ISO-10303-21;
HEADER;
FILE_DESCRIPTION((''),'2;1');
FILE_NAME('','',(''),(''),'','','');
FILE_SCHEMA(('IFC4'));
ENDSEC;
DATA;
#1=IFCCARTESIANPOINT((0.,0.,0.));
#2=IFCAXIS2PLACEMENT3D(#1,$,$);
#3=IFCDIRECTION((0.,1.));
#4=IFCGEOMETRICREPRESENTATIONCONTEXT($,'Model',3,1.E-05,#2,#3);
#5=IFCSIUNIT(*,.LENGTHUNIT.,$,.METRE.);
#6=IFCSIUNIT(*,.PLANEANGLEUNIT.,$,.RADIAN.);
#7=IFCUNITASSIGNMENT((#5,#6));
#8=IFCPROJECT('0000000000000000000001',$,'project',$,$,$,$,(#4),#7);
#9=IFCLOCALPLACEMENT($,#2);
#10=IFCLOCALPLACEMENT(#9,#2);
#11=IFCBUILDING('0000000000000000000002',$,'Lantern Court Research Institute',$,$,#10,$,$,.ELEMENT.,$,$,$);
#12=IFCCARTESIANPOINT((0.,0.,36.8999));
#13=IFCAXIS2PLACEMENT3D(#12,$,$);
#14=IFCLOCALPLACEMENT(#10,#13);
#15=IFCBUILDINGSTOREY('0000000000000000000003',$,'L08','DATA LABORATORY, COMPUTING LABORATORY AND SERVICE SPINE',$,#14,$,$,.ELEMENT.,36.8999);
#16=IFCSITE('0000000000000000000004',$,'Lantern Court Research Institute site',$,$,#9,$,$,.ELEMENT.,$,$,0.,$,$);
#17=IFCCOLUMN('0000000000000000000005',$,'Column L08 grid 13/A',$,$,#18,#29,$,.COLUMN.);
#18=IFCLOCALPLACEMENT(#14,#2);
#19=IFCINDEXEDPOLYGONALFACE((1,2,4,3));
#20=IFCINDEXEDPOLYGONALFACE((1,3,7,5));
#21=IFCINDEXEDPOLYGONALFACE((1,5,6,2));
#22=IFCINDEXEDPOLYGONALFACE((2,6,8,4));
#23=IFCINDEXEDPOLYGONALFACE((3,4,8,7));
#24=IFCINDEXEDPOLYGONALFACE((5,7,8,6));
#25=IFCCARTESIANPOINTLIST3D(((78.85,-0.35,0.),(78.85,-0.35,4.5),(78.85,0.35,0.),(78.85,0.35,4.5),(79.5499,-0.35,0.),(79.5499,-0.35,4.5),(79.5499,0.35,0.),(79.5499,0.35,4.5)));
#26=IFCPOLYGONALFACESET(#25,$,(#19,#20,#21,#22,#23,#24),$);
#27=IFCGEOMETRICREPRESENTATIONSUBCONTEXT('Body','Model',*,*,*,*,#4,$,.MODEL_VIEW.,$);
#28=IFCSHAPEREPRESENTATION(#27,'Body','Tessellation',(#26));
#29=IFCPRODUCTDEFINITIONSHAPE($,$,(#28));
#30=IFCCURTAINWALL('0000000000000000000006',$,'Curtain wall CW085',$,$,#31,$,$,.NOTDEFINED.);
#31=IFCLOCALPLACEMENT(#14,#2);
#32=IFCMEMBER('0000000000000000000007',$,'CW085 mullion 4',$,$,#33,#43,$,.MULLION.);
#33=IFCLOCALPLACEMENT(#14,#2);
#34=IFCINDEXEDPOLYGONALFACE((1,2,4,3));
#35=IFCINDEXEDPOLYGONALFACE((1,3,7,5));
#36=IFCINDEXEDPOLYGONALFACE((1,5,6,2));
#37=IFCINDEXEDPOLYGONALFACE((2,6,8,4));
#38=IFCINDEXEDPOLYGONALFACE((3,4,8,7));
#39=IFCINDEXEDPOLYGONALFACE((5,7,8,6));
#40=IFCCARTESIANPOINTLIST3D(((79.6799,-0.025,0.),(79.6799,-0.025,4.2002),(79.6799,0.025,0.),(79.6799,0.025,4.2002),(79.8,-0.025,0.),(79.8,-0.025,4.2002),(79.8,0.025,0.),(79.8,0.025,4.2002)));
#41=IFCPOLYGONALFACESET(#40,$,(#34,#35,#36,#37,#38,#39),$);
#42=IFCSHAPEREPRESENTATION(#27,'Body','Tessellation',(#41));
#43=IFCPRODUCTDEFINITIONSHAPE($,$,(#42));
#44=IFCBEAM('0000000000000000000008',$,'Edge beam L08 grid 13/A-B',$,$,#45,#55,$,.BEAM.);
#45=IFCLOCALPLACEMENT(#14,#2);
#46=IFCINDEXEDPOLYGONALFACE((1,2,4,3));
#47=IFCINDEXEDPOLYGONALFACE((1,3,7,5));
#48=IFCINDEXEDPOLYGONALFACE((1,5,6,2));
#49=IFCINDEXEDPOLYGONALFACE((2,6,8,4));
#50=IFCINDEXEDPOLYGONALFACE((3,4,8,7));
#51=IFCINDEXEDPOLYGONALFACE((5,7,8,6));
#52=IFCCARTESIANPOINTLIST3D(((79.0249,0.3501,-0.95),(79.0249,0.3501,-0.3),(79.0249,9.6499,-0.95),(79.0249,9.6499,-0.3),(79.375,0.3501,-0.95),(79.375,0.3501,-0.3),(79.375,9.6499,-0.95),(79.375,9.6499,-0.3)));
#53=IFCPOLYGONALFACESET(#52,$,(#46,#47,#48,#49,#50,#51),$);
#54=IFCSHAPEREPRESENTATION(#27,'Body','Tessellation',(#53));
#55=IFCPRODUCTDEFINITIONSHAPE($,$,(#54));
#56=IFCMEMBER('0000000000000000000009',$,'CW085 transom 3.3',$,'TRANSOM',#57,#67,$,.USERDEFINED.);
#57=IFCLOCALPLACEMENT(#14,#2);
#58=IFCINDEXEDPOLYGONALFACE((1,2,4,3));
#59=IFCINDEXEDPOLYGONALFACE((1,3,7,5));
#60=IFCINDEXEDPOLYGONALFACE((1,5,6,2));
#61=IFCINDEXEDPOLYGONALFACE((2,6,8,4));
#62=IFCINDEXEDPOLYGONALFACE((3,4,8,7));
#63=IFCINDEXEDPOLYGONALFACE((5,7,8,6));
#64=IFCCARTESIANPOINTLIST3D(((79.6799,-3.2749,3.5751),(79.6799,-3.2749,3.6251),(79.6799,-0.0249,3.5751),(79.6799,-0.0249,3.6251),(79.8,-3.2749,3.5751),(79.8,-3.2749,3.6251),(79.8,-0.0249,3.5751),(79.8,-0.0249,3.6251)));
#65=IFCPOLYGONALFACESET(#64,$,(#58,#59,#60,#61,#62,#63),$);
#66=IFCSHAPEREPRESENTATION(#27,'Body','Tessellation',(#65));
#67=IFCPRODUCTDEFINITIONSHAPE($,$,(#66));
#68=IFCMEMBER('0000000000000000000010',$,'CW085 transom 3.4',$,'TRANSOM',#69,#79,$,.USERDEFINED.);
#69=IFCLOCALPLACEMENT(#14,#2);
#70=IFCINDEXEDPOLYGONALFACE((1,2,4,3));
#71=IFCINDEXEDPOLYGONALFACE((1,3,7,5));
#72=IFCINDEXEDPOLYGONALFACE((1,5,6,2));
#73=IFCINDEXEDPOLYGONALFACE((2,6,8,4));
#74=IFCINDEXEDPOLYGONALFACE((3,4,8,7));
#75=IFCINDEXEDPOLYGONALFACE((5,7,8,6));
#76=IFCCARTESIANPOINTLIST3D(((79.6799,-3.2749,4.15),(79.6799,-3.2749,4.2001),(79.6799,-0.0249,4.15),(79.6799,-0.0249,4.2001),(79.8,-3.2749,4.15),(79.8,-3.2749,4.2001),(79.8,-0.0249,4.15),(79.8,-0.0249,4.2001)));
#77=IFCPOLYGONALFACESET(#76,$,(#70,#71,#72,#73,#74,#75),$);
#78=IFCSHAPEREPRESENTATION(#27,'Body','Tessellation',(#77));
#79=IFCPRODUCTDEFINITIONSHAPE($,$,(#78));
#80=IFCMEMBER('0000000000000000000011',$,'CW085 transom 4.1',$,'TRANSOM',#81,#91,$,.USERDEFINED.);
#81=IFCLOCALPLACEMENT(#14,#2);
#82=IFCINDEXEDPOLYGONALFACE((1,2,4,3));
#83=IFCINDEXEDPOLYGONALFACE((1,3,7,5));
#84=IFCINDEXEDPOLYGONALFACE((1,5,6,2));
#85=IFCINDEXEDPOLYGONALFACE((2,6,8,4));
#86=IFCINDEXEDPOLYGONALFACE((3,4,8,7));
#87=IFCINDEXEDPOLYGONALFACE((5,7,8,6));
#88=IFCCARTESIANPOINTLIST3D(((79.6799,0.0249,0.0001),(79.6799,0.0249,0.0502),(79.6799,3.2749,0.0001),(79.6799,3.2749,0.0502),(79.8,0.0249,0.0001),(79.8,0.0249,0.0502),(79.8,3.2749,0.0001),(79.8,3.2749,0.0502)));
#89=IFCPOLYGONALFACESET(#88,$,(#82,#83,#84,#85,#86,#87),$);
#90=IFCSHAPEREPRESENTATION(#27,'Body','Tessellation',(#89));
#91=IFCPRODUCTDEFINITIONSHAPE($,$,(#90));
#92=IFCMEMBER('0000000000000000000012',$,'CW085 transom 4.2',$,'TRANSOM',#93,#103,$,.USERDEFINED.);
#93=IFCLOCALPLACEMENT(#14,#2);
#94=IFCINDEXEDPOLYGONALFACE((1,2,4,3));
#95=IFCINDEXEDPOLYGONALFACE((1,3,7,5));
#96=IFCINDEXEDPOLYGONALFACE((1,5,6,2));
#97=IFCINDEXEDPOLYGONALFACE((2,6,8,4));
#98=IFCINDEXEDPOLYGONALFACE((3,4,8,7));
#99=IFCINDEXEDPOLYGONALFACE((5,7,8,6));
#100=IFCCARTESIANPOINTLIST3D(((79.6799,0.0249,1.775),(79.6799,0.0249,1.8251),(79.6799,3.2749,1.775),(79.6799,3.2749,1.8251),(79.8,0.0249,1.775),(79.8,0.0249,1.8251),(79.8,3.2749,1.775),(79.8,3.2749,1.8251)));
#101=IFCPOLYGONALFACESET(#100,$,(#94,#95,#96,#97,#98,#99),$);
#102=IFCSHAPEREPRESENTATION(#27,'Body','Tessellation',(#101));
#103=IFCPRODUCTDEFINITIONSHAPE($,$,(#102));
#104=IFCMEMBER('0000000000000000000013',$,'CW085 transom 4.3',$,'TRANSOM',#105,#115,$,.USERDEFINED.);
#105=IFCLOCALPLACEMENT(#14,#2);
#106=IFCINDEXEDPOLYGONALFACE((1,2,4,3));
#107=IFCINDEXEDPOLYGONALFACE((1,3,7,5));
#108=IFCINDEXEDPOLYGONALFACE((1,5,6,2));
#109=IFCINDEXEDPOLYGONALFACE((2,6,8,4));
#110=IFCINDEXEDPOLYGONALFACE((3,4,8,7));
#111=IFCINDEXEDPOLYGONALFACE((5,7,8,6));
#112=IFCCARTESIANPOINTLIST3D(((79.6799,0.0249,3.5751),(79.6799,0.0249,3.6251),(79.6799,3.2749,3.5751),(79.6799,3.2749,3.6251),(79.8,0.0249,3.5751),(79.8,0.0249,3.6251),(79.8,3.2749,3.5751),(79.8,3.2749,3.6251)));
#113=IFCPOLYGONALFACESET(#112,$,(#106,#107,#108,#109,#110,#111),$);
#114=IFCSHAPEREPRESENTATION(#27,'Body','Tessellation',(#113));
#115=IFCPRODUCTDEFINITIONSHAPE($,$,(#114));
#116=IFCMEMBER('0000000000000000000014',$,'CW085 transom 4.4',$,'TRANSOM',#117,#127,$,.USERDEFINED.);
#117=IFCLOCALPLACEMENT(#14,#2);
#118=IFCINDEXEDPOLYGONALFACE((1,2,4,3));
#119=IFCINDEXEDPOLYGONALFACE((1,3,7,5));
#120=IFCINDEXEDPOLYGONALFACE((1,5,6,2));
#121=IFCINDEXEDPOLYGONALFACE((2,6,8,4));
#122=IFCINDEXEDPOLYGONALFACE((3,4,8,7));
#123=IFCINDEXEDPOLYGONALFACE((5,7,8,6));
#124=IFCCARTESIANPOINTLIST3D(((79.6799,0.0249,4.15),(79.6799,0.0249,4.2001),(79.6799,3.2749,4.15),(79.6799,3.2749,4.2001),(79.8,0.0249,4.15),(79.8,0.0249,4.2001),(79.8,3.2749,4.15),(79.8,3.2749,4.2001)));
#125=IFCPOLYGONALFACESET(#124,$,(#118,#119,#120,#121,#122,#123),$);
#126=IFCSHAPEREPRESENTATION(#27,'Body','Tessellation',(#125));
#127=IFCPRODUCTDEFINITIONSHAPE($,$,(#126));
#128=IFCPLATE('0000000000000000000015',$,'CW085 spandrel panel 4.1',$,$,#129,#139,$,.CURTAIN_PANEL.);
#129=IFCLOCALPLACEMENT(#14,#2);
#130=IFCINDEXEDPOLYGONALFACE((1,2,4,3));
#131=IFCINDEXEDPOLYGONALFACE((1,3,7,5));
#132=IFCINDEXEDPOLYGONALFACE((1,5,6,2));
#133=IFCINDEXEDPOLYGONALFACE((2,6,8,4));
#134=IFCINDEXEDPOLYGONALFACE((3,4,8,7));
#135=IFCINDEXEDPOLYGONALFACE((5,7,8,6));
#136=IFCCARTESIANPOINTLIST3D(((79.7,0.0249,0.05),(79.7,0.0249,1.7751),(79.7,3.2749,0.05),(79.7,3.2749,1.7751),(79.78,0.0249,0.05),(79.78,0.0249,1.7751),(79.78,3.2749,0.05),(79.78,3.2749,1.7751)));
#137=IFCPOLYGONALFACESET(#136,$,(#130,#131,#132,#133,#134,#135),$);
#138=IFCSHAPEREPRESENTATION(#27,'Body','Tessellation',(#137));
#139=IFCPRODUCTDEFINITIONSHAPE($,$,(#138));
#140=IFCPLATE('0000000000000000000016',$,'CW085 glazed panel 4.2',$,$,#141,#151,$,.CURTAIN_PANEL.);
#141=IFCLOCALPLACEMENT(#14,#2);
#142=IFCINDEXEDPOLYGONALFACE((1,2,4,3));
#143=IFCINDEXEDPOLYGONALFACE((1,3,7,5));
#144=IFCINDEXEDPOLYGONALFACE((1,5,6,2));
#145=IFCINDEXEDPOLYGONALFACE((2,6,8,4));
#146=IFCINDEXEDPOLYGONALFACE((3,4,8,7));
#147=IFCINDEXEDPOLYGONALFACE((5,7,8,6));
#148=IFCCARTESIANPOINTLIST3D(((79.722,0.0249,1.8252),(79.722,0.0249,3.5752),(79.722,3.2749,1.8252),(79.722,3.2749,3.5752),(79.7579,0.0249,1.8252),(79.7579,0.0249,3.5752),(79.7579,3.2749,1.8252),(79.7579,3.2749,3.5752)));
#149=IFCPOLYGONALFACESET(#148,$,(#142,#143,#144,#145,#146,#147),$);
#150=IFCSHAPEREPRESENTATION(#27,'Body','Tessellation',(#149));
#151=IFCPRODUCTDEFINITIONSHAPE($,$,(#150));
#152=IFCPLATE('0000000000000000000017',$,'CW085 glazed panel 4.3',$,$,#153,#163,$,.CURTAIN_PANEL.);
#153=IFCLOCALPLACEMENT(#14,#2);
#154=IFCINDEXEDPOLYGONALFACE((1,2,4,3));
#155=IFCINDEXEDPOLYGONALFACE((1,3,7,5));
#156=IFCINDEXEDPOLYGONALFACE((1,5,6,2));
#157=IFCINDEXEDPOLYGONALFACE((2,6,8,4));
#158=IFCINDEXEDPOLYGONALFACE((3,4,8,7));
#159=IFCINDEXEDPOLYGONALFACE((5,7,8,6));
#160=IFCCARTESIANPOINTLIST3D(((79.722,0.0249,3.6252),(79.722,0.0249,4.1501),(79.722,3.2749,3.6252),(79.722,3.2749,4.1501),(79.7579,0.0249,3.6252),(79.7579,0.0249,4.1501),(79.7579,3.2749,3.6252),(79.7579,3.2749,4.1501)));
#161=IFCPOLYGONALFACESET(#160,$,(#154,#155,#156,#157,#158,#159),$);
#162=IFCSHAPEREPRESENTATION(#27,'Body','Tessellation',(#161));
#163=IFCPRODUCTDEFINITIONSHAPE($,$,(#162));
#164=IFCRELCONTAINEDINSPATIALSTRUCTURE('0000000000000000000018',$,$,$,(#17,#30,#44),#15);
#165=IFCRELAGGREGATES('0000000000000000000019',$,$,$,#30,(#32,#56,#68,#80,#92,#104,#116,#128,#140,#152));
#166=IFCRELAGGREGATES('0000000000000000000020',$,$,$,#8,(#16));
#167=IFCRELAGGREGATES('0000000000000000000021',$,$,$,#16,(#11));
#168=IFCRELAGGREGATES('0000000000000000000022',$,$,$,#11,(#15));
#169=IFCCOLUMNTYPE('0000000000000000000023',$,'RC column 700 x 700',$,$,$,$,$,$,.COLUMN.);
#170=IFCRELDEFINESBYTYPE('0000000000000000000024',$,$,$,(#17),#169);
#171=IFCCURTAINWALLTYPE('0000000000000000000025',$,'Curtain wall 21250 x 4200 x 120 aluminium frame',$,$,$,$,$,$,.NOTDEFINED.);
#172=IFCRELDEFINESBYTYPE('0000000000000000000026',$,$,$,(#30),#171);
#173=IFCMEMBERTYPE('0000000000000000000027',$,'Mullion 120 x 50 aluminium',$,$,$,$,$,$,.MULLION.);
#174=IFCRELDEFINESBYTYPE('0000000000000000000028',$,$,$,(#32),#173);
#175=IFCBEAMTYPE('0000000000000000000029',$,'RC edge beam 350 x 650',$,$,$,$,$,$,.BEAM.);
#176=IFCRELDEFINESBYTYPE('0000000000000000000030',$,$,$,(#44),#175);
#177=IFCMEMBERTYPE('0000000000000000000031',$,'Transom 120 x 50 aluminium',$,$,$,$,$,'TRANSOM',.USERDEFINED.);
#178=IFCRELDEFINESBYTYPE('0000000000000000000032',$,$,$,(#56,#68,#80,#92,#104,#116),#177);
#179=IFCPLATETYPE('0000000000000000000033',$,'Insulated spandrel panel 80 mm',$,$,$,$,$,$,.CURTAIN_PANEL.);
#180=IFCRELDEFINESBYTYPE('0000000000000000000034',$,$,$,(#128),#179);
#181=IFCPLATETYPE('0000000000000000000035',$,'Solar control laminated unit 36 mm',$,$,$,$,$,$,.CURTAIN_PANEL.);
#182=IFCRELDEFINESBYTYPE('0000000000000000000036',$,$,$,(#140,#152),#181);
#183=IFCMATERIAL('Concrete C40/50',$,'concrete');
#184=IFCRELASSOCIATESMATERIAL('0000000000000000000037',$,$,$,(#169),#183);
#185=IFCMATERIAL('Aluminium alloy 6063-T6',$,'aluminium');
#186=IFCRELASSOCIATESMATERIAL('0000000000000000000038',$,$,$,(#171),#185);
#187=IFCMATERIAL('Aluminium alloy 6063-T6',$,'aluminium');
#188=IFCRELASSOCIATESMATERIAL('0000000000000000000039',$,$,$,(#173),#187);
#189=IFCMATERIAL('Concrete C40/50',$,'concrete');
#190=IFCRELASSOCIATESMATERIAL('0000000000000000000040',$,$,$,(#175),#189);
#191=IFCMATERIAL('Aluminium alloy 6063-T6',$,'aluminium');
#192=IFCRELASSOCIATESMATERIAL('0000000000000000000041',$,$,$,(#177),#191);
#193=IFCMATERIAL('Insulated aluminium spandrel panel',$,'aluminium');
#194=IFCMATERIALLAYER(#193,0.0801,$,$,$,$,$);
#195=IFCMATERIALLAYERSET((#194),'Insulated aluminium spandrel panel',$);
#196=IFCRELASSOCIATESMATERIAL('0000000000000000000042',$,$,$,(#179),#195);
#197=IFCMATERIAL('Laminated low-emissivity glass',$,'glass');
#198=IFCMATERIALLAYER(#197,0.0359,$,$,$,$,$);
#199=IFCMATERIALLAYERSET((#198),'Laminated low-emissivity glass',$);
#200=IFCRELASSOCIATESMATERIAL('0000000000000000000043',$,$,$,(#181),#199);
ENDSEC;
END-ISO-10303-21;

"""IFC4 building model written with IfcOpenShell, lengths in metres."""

from ifc_helpers import new_model, si_unit, direction, frame, origin, origin_2d, place, context, subcontext, project, spatial, rectangle, extrude, material, layer, layer_set, material_profile, profile_set, type_object, element, aggregate, save


model = new_model("IFC4")

# Units and contexts
model_context = context("Model", 3, precision=1e-05, world=origin(), true_north=direction((0.0, 1.0)))
body_context = subcontext(model_context, "Body", "Model", "MODEL_VIEW")
ifc_project = project(units=[si_unit("LENGTHUNIT", "METRE"), si_unit("PLANEANGLEUNIT", "RADIAN")], contexts=[model_context])

# Site, building, storey
site_placement = place(None, origin())
site = spatial("IfcSite", under=ifc_project, at=site_placement, Name="Lantern Court Research Institute site", CompositionType="ELEMENT", RefElevation=0.0)
building_placement = place(site_placement, origin())
building = spatial("IfcBuilding", under=site, at=building_placement, Name="Lantern Court Research Institute", CompositionType="ELEMENT")
storey_placement = place(building_placement, frame((0.0, 0.0, 36.8999)))
storey = spatial("IfcBuildingStorey", under=building, at=storey_placement, Name="L08", Description="DATA LABORATORY, COMPUTING LABORATORY AND SERVICE SPINE", CompositionType="ELEMENT", Elevation=36.8999)

# Column
ifc_material_1 = material(Name="Concrete C40/50", Category="concrete")
ifc_material_profile_1 = material_profile(ifc_material_1, rectangle(XDim=0.7, YDim=0.7, at=origin_2d()), Name="RC column 700 x 700")
ifc_profile_set_1 = profile_set([ifc_material_profile_1], Name="Concrete C40/50")
column_type = type_object("IfcColumnType", Name="RC column 700 x 700", PredefinedType="COLUMN", material=ifc_profile_set_1)
column_placement = place(storey_placement, frame((79.2, 0.0, 0.0), z_axis=(0.0, 0.0, 1.0), x_axis=(1.0, 0.0, 0.0)))
element("IfcColumn", 1, at=column_placement, inside=storey, type_object=column_type, Name="Column L08 grid 13/A", PredefinedType="COLUMN", context=body_context, shape_type="SweptSolid", body=[
    extrude(rectangle(XDim=0.7, YDim=0.7, at=origin_2d()), origin(), (0.0, 0.0, 1.0), 4.5),
])

# Curtain wall, member
ifc_material_2 = material(Name="Aluminium alloy 6063-T6", Category="aluminium")
curtain_wall_type = type_object("IfcCurtainWallType", Name="Curtain wall 21250 x 4200 x 120 aluminium frame", PredefinedType="NOTDEFINED", material=ifc_material_2)
curtain_wall_placement = place(storey_placement, origin())
curtain_wall = element("IfcCurtainWall", 2, at=curtain_wall_placement, inside=storey, type_object=curtain_wall_type, Name="Curtain wall CW085", PredefinedType="NOTDEFINED")
ifc_material_3 = material(Name="Aluminium alloy 6063-T6", Category="aluminium")
ifc_material_profile_2 = material_profile(ifc_material_3, rectangle(XDim=0.1201, YDim=0.05, at=origin_2d()), Name="Mullion 120 x 50")
ifc_profile_set_2 = profile_set([ifc_material_profile_2], Name="Aluminium alloy 6063-T6")
member_type_1 = type_object("IfcMemberType", Name="Mullion 120 x 50 aluminium", PredefinedType="MULLION", material=ifc_profile_set_2)
member_1_placement = place(storey_placement, frame((79.74, 0.0, 0.0), z_axis=(0.0, 0.0, 1.0), x_axis=(1.0, 0.0, 0.0)))
member_1 = element("IfcMember", 3, at=member_1_placement, type_object=member_type_1, Name="CW085 mullion 4", PredefinedType="MULLION", context=body_context, shape_type="SweptSolid", body=[
    extrude(rectangle(XDim=0.1201, YDim=0.05, at=origin_2d()), origin(), (0.0, 0.0, 1.0), 4.2002),
])

# Beam
ifc_material_4 = material(Name="Concrete C40/50", Category="concrete")
ifc_material_profile_3 = material_profile(ifc_material_4, rectangle(XDim=0.3501, YDim=0.6499, at=origin_2d()), Name="RC beam 350 x 650")
ifc_profile_set_3 = profile_set([ifc_material_profile_3], Name="Concrete C40/50")
beam_type = type_object("IfcBeamType", Name="RC edge beam 350 x 650", PredefinedType="BEAM", material=ifc_profile_set_3)
beam_placement = place(storey_placement, frame((79.2, 0.3501, -0.625), z_axis=(0.0, 1.0, 0.0), x_axis=(-1.0, 0.0, 0.0)))
element("IfcBeam", 4, at=beam_placement, inside=storey, type_object=beam_type, Name="Edge beam L08 grid 13/A-B", PredefinedType="BEAM", context=body_context, shape_type="SweptSolid", body=[
    extrude(rectangle(XDim=0.3501, YDim=0.6499, at=origin_2d()), origin(), (0.0, 0.0, 1.0), 9.2998),
])

# Members
ifc_material_5 = material(Name="Aluminium alloy 6063-T6", Category="aluminium")
ifc_material_profile_4 = material_profile(ifc_material_5, rectangle(XDim=0.1201, YDim=0.05, at=origin_2d()), Name="Transom 120 x 50")
ifc_profile_set_4 = profile_set([ifc_material_profile_4], Name="Aluminium alloy 6063-T6")
member_type_2 = type_object("IfcMemberType", Name="Transom 120 x 50 aluminium", ElementType="TRANSOM", PredefinedType="USERDEFINED", material=ifc_profile_set_4)
member_2_placement = place(storey_placement, frame((79.74, -0.0249, 3.6001), z_axis=(0.0, -1.0, 0.0), x_axis=(1.0, 0.0, 0.0)))
member_2 = element("IfcMember", 5, at=member_2_placement, type_object=member_type_2, Name="CW085 transom 3.3", ObjectType="TRANSOM", PredefinedType="USERDEFINED", context=body_context, shape_type="SweptSolid", body=[
    extrude(rectangle(XDim=0.1201, YDim=0.05, at=origin_2d()), origin(), (0.0, 0.0, 1.0), 3.25),
])
member_3_placement = place(storey_placement, frame((79.74, -0.0249, 4.175), z_axis=(0.0, -1.0, 0.0), x_axis=(1.0, 0.0, 0.0)))
member_3 = element("IfcMember", 6, at=member_3_placement, type_object=member_type_2, Name="CW085 transom 3.4", ObjectType="TRANSOM", PredefinedType="USERDEFINED", context=body_context, shape_type="SweptSolid", body=[
    extrude(rectangle(XDim=0.1201, YDim=0.05, at=origin_2d()), origin(), (0.0, 0.0, 1.0), 3.25),
])
member_4_placement = place(storey_placement, frame((79.74, 3.2749, 0.0251), z_axis=(0.0, -1.0, 0.0), x_axis=(1.0, 0.0, 0.0)))
member_4 = element("IfcMember", 7, at=member_4_placement, type_object=member_type_2, Name="CW085 transom 4.1", ObjectType="TRANSOM", PredefinedType="USERDEFINED", context=body_context, shape_type="SweptSolid", body=[
    extrude(rectangle(XDim=0.1201, YDim=0.05, at=origin_2d()), origin(), (0.0, 0.0, 1.0), 3.25),
])
member_5_placement = place(storey_placement, frame((79.74, 3.2749, 1.8), z_axis=(0.0, -1.0, 0.0), x_axis=(1.0, 0.0, 0.0)))
member_5 = element("IfcMember", 8, at=member_5_placement, type_object=member_type_2, Name="CW085 transom 4.2", ObjectType="TRANSOM", PredefinedType="USERDEFINED", context=body_context, shape_type="SweptSolid", body=[
    extrude(rectangle(XDim=0.1201, YDim=0.05, at=origin_2d()), origin(), (0.0, 0.0, 1.0), 3.25),
])
member_6_placement = place(storey_placement, frame((79.74, 3.2749, 3.6001), z_axis=(0.0, -1.0, 0.0), x_axis=(1.0, 0.0, 0.0)))
member_6 = element("IfcMember", 9, at=member_6_placement, type_object=member_type_2, Name="CW085 transom 4.3", ObjectType="TRANSOM", PredefinedType="USERDEFINED", context=body_context, shape_type="SweptSolid", body=[
    extrude(rectangle(XDim=0.1201, YDim=0.05, at=origin_2d()), origin(), (0.0, 0.0, 1.0), 3.25),
])
member_7_placement = place(storey_placement, frame((79.74, 3.2749, 4.175), z_axis=(0.0, -1.0, 0.0), x_axis=(1.0, 0.0, 0.0)))
member_7 = element("IfcMember", 10, at=member_7_placement, type_object=member_type_2, Name="CW085 transom 4.4", ObjectType="TRANSOM", PredefinedType="USERDEFINED", context=body_context, shape_type="SweptSolid", body=[
    extrude(rectangle(XDim=0.1201, YDim=0.05, at=origin_2d()), origin(), (0.0, 0.0, 1.0), 3.25),
])

# Plates
ifc_material_6 = material(Name="Insulated aluminium spandrel panel", Category="aluminium")
ifc_layer_1 = layer(ifc_material_6, 0.0801)
ifc_layer_set_1 = layer_set([ifc_layer_1], Name="Insulated aluminium spandrel panel")
plate_type_1 = type_object("IfcPlateType", Name="Insulated spandrel panel 80 mm", PredefinedType="CURTAIN_PANEL", material=ifc_layer_set_1)
plate_1_placement = place(storey_placement, frame((79.74, 1.6499, 0.05), z_axis=(0.0, 0.0, 1.0), x_axis=(0.0, -1.0, 0.0)))
plate_1 = element("IfcPlate", 11, at=plate_1_placement, type_object=plate_type_1, Name="CW085 spandrel panel 4.1", PredefinedType="CURTAIN_PANEL", context=body_context, shape_type="SweptSolid", body=[
    extrude(rectangle(XDim=3.25, YDim=0.0801, at=origin_2d()), origin(), (0.0, 0.0, 1.0), 1.7251),
])
ifc_material_7 = material(Name="Laminated low-emissivity glass", Category="glass")
ifc_layer_2 = layer(ifc_material_7, 0.0359)
ifc_layer_set_2 = layer_set([ifc_layer_2], Name="Laminated low-emissivity glass")
plate_type_2 = type_object("IfcPlateType", Name="Solar control laminated unit 36 mm", PredefinedType="CURTAIN_PANEL", material=ifc_layer_set_2)
plate_2_placement = place(storey_placement, frame((79.74, 1.6499, 1.8252), z_axis=(0.0, 0.0, 1.0), x_axis=(0.0, -1.0, 0.0)))
plate_2 = element("IfcPlate", 12, at=plate_2_placement, type_object=plate_type_2, Name="CW085 glazed panel 4.2", PredefinedType="CURTAIN_PANEL", context=body_context, shape_type="SweptSolid", body=[
    extrude(rectangle(XDim=3.25, YDim=0.0359, at=origin_2d()), origin(), (0.0, 0.0, 1.0), 1.75),
])
plate_3_placement = place(storey_placement, frame((79.74, 1.6499, 3.6252), z_axis=(0.0, 0.0, 1.0), x_axis=(0.0, -1.0, 0.0)))
plate_3 = element("IfcPlate", 13, at=plate_3_placement, type_object=plate_type_2, Name="CW085 glazed panel 4.3", PredefinedType="CURTAIN_PANEL", context=body_context, shape_type="SweptSolid", body=[
    extrude(rectangle(XDim=3.25, YDim=0.0359, at=origin_2d()), origin(), (0.0, 0.0, 1.0), 0.5249),
])
aggregate(curtain_wall, [member_1, member_2, member_3, member_4, member_5, member_6, member_7, plate_1, plate_2, plate_3])

save(model, "model.ifc")
